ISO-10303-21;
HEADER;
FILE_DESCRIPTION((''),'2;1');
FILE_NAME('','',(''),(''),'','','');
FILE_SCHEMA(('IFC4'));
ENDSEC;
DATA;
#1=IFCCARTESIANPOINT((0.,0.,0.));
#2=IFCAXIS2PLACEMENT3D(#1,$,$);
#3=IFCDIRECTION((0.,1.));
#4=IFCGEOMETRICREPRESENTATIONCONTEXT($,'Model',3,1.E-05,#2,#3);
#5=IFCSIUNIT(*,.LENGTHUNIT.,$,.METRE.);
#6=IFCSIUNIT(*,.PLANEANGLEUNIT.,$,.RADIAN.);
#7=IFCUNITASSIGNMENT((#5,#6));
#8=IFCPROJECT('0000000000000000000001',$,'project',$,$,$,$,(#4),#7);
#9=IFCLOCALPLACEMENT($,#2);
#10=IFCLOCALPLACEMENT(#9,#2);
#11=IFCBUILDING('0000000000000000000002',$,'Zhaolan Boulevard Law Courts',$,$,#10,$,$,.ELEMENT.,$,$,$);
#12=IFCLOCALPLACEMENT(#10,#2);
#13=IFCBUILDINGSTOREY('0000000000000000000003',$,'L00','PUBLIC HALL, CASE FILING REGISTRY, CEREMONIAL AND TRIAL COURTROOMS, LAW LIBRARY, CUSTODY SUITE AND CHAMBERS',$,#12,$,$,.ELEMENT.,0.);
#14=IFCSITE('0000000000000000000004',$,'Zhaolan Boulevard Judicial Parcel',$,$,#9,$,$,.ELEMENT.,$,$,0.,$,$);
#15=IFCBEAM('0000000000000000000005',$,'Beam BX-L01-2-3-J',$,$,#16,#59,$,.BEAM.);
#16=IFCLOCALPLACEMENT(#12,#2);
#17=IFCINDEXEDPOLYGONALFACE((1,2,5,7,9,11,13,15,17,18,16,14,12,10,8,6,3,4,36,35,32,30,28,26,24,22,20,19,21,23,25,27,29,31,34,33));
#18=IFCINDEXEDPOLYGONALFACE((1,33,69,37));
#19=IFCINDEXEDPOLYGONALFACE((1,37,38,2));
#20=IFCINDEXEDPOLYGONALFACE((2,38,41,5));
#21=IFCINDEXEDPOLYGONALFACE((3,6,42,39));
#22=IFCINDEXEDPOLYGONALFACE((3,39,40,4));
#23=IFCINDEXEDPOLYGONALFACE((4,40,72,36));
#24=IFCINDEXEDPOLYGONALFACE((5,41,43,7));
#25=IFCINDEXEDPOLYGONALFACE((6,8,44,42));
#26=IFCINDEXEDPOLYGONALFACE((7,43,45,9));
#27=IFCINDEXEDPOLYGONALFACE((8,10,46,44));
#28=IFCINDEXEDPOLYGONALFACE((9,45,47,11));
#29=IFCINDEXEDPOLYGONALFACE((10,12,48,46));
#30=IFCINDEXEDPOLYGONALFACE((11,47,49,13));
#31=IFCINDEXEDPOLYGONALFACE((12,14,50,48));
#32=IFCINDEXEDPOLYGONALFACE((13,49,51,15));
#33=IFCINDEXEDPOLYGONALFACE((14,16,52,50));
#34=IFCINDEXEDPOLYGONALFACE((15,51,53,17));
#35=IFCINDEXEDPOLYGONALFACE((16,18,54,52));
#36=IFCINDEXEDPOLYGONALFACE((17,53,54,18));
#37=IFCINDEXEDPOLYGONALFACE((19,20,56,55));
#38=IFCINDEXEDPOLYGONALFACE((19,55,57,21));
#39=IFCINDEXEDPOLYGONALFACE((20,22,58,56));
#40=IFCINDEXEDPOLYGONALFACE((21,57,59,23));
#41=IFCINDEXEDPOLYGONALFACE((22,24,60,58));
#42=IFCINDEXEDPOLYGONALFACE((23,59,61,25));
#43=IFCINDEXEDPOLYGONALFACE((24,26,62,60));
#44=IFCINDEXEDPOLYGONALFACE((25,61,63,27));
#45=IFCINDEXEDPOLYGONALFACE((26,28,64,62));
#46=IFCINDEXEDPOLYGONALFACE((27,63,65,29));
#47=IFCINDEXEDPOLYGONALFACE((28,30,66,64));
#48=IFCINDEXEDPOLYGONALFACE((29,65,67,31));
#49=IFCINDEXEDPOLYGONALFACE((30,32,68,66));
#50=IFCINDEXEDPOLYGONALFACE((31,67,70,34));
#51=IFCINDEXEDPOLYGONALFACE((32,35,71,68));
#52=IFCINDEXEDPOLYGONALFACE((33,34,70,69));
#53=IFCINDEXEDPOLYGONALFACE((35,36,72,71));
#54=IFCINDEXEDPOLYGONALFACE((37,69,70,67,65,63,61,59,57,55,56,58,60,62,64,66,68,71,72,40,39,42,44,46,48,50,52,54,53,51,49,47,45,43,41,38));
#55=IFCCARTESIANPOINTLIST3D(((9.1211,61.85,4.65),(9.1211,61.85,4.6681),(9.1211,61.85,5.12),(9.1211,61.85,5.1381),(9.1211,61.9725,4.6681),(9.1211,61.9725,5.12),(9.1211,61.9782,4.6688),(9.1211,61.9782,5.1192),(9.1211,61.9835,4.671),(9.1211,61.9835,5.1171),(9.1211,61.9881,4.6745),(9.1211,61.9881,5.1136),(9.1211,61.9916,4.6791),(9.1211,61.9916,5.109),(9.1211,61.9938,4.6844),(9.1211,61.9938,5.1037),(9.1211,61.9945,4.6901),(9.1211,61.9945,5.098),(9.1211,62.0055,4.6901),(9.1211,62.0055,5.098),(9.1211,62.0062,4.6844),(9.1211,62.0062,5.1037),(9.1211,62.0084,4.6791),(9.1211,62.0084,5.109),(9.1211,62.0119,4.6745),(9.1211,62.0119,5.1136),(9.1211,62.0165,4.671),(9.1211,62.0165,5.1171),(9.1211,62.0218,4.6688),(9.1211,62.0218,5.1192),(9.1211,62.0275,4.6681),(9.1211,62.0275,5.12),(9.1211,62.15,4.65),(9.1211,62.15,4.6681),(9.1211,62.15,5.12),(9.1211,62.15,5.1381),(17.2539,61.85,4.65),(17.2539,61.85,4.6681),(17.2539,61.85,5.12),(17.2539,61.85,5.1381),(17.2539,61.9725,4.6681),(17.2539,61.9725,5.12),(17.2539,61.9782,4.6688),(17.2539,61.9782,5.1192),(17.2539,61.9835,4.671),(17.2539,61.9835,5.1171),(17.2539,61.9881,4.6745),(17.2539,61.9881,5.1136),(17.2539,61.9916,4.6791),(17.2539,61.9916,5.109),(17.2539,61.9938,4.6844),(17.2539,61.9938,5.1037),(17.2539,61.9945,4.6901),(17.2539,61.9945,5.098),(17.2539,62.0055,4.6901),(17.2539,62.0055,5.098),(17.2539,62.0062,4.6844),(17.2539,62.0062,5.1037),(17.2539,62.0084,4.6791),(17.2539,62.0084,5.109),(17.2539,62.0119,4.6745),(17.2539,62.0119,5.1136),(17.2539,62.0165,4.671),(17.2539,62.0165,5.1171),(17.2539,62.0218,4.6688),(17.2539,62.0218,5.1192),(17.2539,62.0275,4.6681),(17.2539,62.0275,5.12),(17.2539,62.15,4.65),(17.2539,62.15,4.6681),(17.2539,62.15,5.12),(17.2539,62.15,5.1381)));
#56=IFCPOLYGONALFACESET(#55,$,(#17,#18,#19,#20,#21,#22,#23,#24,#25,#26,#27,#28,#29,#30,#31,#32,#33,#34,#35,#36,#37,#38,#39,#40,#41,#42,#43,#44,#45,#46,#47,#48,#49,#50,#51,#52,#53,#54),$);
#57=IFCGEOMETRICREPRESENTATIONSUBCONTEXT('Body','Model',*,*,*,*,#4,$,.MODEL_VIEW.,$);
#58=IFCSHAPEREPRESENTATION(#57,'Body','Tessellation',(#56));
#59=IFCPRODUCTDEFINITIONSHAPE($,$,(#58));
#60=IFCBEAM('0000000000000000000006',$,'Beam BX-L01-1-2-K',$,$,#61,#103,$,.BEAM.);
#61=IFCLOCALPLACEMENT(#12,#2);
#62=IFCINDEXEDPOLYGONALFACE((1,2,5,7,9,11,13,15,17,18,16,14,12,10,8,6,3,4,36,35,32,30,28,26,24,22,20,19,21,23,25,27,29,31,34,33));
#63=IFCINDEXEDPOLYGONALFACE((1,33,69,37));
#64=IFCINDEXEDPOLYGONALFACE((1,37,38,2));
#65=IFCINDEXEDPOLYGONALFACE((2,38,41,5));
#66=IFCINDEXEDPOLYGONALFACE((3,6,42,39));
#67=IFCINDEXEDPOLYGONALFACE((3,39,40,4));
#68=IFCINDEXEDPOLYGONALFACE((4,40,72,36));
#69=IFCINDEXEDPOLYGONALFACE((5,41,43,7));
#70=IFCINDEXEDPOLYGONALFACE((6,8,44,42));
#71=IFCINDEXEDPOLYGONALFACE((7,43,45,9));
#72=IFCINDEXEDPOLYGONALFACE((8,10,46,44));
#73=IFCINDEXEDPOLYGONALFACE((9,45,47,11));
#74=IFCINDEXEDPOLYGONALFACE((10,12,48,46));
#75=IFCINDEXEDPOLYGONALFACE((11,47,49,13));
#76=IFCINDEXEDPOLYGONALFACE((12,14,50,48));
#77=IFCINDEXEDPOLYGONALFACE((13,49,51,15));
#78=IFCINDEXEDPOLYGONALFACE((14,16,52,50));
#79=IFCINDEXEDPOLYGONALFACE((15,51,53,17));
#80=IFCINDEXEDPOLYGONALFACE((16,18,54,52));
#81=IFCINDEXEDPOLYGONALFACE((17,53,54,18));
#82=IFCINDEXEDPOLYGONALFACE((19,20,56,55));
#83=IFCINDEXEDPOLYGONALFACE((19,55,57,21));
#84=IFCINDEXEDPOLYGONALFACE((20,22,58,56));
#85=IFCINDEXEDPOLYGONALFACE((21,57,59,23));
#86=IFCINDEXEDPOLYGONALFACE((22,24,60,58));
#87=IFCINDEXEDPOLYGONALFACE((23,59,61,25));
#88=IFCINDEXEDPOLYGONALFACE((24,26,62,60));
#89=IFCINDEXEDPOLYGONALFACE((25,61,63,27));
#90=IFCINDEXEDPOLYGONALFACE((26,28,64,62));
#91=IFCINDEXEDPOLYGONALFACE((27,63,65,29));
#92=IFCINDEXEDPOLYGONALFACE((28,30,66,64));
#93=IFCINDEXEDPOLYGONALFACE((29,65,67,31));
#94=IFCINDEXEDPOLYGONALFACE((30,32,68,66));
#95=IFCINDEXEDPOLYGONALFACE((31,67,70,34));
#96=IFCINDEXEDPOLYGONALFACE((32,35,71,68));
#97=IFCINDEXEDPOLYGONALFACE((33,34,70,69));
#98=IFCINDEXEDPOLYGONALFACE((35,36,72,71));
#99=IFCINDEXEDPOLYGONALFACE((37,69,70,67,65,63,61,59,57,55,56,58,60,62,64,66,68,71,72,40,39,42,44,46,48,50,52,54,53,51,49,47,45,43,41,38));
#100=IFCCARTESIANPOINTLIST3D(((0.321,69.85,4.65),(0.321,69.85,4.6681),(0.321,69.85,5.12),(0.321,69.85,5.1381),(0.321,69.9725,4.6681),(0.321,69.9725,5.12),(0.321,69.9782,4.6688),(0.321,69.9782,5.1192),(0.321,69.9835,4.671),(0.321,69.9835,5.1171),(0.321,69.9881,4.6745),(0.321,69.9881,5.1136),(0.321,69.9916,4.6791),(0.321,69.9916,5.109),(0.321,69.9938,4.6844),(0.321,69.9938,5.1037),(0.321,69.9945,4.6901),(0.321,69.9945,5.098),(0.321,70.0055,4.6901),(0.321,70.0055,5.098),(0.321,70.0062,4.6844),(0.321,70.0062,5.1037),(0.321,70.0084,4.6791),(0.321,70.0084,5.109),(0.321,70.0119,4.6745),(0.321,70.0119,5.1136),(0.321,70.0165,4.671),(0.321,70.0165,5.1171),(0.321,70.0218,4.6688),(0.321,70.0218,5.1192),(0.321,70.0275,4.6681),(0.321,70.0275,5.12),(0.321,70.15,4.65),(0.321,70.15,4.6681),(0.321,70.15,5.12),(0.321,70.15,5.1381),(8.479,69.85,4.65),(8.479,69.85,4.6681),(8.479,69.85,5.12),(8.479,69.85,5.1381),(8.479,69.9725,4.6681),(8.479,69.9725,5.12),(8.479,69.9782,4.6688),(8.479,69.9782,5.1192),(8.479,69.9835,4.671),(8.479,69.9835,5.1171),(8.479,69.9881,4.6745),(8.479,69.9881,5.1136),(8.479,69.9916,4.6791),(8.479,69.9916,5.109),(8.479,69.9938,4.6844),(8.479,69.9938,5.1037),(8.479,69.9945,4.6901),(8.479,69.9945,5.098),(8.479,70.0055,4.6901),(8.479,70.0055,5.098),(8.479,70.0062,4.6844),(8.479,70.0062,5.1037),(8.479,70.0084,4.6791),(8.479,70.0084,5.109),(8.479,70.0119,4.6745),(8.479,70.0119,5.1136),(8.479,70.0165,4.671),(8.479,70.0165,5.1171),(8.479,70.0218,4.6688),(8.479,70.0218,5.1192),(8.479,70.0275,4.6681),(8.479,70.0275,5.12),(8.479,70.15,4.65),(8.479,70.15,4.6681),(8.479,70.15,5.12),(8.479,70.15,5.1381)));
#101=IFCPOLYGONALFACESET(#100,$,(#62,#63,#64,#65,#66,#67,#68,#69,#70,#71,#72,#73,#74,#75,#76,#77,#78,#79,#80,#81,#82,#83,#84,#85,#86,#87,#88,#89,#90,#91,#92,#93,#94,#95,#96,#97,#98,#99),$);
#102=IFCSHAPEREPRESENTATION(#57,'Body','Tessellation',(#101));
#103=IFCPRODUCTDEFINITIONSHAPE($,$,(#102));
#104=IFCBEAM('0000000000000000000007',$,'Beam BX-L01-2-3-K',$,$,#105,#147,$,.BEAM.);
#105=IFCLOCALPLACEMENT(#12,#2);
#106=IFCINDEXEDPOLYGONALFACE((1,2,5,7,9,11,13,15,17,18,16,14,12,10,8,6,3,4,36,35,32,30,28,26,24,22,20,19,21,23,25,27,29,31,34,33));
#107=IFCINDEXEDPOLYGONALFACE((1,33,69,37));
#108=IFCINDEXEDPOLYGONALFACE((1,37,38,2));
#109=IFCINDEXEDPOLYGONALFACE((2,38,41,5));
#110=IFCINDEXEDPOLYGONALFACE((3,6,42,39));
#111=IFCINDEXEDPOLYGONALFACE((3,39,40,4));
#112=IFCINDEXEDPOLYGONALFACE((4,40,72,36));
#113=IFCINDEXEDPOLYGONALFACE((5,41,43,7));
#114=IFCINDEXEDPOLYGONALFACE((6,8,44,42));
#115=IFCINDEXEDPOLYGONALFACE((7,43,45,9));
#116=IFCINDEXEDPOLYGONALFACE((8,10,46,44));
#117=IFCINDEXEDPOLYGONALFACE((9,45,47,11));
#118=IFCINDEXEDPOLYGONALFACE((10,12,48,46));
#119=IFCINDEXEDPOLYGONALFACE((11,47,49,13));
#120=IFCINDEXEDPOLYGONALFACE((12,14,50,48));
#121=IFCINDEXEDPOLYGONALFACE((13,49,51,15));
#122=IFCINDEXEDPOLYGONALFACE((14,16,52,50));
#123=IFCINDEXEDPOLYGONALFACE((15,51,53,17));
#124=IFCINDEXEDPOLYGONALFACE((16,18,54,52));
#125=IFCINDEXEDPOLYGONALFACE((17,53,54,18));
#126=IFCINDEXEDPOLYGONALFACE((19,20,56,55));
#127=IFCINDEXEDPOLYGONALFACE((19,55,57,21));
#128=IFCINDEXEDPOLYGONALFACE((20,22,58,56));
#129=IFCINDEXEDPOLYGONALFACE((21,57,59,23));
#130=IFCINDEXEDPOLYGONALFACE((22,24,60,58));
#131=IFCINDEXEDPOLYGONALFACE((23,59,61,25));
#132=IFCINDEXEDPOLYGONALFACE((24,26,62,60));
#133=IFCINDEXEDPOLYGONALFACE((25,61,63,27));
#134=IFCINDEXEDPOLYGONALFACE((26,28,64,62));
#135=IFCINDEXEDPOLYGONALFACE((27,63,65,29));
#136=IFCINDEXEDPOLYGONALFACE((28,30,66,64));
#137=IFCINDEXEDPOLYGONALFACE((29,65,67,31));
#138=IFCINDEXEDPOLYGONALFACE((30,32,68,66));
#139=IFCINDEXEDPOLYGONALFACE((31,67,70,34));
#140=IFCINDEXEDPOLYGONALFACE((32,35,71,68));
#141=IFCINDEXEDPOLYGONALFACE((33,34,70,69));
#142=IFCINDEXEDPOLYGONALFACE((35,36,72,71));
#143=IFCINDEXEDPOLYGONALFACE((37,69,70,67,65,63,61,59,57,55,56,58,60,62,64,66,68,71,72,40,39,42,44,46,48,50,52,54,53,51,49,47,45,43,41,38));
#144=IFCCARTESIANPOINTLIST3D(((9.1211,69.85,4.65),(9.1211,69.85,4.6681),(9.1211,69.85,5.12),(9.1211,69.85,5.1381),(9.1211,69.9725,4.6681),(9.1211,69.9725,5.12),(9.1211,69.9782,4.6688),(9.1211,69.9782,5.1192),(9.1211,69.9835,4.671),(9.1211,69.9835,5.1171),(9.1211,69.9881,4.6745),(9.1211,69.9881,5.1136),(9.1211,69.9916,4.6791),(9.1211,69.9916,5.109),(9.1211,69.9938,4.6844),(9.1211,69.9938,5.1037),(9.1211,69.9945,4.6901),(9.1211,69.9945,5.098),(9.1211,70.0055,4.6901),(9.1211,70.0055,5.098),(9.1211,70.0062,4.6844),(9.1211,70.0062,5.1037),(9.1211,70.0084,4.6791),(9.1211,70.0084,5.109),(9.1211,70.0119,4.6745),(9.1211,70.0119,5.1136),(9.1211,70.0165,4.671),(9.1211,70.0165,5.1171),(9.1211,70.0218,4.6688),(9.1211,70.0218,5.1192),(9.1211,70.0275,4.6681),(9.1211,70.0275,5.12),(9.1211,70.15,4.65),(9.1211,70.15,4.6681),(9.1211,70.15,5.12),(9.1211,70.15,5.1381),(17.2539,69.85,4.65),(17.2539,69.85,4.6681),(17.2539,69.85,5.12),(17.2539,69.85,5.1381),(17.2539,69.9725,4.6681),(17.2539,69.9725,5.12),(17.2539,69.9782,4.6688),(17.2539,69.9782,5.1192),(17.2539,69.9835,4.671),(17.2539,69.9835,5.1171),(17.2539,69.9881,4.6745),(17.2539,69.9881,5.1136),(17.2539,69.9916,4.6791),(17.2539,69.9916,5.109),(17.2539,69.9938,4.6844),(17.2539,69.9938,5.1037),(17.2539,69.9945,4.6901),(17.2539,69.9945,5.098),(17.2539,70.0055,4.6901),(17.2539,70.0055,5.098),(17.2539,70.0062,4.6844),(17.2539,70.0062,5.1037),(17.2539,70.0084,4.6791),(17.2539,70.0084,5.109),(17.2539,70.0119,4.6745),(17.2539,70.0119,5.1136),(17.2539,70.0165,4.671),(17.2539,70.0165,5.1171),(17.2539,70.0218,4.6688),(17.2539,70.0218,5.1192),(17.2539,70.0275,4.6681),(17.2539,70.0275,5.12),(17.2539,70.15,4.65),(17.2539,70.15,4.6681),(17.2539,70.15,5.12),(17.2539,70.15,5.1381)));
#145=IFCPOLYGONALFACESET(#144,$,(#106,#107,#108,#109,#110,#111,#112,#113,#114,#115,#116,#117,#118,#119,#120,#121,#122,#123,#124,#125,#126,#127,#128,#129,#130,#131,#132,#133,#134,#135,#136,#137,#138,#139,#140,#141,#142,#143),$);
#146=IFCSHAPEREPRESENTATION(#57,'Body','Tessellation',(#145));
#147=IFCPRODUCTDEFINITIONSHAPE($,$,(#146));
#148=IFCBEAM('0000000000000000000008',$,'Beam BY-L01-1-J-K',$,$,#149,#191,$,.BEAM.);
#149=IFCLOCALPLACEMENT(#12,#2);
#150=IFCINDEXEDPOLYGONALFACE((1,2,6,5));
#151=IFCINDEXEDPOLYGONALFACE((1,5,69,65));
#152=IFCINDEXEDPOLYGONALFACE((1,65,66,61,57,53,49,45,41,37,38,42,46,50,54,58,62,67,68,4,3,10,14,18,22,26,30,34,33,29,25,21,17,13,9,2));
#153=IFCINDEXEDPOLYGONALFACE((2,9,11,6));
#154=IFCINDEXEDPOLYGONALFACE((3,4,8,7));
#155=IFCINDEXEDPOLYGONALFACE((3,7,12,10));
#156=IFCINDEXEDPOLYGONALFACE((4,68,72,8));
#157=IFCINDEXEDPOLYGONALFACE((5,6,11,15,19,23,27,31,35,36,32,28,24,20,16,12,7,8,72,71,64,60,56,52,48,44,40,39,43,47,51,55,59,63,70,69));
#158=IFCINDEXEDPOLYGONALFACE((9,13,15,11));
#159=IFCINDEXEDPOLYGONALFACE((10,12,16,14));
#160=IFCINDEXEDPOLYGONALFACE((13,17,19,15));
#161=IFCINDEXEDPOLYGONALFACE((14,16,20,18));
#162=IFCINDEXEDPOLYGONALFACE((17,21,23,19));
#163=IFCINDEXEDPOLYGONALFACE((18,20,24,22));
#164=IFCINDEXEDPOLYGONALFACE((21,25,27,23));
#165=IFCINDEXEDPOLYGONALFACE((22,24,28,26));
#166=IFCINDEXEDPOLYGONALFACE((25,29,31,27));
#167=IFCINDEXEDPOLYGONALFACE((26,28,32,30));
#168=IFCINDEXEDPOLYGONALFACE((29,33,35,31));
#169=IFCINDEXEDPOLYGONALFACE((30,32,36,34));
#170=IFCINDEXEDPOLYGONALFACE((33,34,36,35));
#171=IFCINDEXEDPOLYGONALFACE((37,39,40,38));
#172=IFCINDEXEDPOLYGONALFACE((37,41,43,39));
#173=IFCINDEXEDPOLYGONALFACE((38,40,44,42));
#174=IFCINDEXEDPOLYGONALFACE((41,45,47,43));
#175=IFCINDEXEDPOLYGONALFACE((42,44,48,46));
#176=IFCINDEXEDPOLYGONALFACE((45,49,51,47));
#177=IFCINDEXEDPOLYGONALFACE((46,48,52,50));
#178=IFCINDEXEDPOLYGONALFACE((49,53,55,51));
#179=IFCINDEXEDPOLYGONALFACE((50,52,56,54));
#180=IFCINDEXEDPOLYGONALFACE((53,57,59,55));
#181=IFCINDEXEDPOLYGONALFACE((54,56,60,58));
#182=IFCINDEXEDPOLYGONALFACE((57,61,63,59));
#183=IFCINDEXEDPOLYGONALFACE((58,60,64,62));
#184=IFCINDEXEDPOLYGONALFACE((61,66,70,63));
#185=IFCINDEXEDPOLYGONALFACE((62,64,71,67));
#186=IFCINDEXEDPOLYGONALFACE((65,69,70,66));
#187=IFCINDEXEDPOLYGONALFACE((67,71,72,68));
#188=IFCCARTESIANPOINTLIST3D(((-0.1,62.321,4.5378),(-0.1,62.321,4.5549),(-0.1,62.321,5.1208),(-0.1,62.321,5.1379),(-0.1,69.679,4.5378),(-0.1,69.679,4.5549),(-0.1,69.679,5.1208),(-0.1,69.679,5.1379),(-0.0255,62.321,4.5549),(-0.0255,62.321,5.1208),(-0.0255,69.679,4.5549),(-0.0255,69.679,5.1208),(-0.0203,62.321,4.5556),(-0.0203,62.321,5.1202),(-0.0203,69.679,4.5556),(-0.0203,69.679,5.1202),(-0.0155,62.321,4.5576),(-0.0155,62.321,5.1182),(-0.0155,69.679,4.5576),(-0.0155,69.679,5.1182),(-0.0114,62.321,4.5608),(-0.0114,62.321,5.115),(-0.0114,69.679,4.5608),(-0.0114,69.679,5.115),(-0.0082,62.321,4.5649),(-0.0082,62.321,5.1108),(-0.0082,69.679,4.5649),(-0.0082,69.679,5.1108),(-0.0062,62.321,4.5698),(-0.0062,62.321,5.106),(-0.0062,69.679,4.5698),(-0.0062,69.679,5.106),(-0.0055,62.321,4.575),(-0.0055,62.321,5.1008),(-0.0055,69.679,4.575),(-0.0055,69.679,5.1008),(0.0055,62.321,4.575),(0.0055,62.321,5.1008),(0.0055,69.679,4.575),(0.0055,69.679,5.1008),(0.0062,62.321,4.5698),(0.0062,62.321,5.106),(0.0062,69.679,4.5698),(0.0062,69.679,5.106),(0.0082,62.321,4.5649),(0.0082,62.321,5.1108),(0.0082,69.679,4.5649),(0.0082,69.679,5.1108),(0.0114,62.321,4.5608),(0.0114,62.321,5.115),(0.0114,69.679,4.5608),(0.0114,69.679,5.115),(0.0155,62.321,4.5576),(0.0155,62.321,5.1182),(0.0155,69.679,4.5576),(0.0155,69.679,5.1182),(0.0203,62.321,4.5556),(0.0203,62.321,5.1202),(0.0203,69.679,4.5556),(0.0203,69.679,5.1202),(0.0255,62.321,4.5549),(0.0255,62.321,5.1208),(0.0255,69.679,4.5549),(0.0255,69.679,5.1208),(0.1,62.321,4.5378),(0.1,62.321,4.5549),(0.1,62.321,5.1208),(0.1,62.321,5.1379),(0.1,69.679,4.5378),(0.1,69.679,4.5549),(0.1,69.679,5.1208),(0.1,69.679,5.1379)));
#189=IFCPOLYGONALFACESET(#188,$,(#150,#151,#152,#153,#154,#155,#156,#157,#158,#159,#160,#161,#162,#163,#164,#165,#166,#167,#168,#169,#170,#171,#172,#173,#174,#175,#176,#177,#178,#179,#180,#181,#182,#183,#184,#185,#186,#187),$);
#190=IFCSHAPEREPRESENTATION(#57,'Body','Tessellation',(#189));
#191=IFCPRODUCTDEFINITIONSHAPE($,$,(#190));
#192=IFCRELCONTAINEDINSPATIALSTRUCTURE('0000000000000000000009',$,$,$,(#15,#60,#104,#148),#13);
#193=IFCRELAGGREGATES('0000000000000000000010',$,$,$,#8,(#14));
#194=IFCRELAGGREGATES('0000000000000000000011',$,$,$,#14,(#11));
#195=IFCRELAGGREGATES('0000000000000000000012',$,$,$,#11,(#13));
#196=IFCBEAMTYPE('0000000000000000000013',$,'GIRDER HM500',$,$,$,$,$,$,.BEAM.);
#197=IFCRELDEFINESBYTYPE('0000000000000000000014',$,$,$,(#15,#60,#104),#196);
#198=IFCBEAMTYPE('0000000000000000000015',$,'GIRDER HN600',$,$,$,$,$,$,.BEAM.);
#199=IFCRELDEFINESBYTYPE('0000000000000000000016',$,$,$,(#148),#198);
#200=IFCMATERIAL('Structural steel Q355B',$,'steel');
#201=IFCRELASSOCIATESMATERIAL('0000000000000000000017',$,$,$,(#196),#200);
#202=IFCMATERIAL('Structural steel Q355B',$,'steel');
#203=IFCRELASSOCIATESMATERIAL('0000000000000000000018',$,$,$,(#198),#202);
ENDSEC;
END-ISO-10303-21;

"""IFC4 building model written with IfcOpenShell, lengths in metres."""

from ifc_helpers import new_model, si_unit, direction, frame, origin, origin_2d, place, context, subcontext, project, spatial, i_section, extrude, material, material_profile, profile_set, type_object, element, save


model = new_model("IFC4")

# Units and contexts
model_context = context("Model", 3, precision=1e-05, world=origin(), true_north=direction((0.0, 1.0)))
body_context = subcontext(model_context, "Body", "Model", "MODEL_VIEW")
ifc_project = project(units=[si_unit("LENGTHUNIT", "METRE"), si_unit("PLANEANGLEUNIT", "RADIAN")], contexts=[model_context])

# Site, building, storey
site_placement = place(None, origin())
site = spatial("IfcSite", under=ifc_project, at=site_placement, Name="Zhaolan Boulevard Judicial Parcel", CompositionType="ELEMENT", RefElevation=0.0)
building_placement = place(site_placement, origin())
building = spatial("IfcBuilding", under=site, at=building_placement, Name="Zhaolan Boulevard Law Courts", CompositionType="ELEMENT")
storey_placement = place(building_placement, origin())
storey = spatial("IfcBuildingStorey", under=building, at=storey_placement, Name="L00", Description="PUBLIC HALL, CASE FILING REGISTRY, CEREMONIAL AND TRIAL COURTROOMS, LAW LIBRARY, CUSTODY SUITE AND CHAMBERS", CompositionType="ELEMENT", Elevation=0.0)

# Beams
ifc_material_1 = material(Name="Structural steel Q355B", Category="steel")
ifc_material_profile_1 = material_profile(ifc_material_1, i_section(OverallWidth=0.3, OverallDepth=0.488, WebThickness=0.011, FlangeThickness=0.0181, FilletRadius=0.022, at=origin_2d()), Name="HM488x300")
ifc_profile_set_1 = profile_set([ifc_material_profile_1], Name="Structural steel Q355B")
beam_type_1 = type_object("IfcBeamType", Name="GIRDER HM500", PredefinedType="BEAM", material=ifc_profile_set_1)
beam_1_placement = place(storey_placement, frame((9.1211, 62.0, 4.894), z_axis=(1.0, 0.0, 0.0), x_axis=(0.0, 1.0, 0.0)))
element("IfcBeam", 1, at=beam_1_placement, inside=storey, type_object=beam_type_1, Name="Beam BX-L01-2-3-J", PredefinedType="BEAM", context=body_context, shape_type="SweptSolid", body=[
    extrude(i_section(OverallWidth=0.3, OverallDepth=0.488, WebThickness=0.011, FlangeThickness=0.0181, FilletRadius=0.022, at=origin_2d()), origin(), (0.0, 0.0, 1.0), 8.1328),
])
beam_2_placement = place(storey_placement, frame((0.321, 70.0, 4.894), z_axis=(1.0, 0.0, 0.0), x_axis=(0.0, 1.0, 0.0)))
element("IfcBeam", 2, at=beam_2_placement, inside=storey, type_object=beam_type_1, Name="Beam BX-L01-1-2-K", PredefinedType="BEAM", context=body_context, shape_type="SweptSolid", body=[
    extrude(i_section(OverallWidth=0.3, OverallDepth=0.488, WebThickness=0.011, FlangeThickness=0.0181, FilletRadius=0.022, at=origin_2d()), origin(), (0.0, 0.0, 1.0), 8.158),
])
beam_3_placement = place(storey_placement, frame((9.1211, 70.0, 4.894), z_axis=(1.0, 0.0, 0.0), x_axis=(0.0, 1.0, 0.0)))
element("IfcBeam", 3, at=beam_3_placement, inside=storey, type_object=beam_type_1, Name="Beam BX-L01-2-3-K", PredefinedType="BEAM", context=body_context, shape_type="SweptSolid", body=[
    extrude(i_section(OverallWidth=0.3, OverallDepth=0.488, WebThickness=0.011, FlangeThickness=0.0181, FilletRadius=0.022, at=origin_2d()), origin(), (0.0, 0.0, 1.0), 8.1328),
])
ifc_material_2 = material(Name="Structural steel Q355B", Category="steel")
ifc_material_profile_2 = material_profile(ifc_material_2, i_section(OverallWidth=0.2, OverallDepth=0.6001, WebThickness=0.011, FlangeThickness=0.0171, FilletRadius=0.02, at=origin_2d()), Name="HN600x200")
ifc_profile_set_2 = profile_set([ifc_material_profile_2], Name="Structural steel Q355B")
beam_type_2 = type_object("IfcBeamType", Name="GIRDER HN600", PredefinedType="BEAM", material=ifc_profile_set_2)
beam_4_placement = place(storey_placement, frame((0.0, 62.321, 4.8379), z_axis=(0.0, 1.0, 0.0), x_axis=(-1.0, 0.0, 0.0)))
element("IfcBeam", 4, at=beam_4_placement, inside=storey, type_object=beam_type_2, Name="Beam BY-L01-1-J-K", PredefinedType="BEAM", context=body_context, shape_type="SweptSolid", body=[
    extrude(i_section(OverallWidth=0.2, OverallDepth=0.6001, WebThickness=0.011, FlangeThickness=0.0171, FilletRadius=0.02, at=origin_2d()), origin(), (0.0, 0.0, 1.0), 7.3579),
])

save(model, "model.ifc")
